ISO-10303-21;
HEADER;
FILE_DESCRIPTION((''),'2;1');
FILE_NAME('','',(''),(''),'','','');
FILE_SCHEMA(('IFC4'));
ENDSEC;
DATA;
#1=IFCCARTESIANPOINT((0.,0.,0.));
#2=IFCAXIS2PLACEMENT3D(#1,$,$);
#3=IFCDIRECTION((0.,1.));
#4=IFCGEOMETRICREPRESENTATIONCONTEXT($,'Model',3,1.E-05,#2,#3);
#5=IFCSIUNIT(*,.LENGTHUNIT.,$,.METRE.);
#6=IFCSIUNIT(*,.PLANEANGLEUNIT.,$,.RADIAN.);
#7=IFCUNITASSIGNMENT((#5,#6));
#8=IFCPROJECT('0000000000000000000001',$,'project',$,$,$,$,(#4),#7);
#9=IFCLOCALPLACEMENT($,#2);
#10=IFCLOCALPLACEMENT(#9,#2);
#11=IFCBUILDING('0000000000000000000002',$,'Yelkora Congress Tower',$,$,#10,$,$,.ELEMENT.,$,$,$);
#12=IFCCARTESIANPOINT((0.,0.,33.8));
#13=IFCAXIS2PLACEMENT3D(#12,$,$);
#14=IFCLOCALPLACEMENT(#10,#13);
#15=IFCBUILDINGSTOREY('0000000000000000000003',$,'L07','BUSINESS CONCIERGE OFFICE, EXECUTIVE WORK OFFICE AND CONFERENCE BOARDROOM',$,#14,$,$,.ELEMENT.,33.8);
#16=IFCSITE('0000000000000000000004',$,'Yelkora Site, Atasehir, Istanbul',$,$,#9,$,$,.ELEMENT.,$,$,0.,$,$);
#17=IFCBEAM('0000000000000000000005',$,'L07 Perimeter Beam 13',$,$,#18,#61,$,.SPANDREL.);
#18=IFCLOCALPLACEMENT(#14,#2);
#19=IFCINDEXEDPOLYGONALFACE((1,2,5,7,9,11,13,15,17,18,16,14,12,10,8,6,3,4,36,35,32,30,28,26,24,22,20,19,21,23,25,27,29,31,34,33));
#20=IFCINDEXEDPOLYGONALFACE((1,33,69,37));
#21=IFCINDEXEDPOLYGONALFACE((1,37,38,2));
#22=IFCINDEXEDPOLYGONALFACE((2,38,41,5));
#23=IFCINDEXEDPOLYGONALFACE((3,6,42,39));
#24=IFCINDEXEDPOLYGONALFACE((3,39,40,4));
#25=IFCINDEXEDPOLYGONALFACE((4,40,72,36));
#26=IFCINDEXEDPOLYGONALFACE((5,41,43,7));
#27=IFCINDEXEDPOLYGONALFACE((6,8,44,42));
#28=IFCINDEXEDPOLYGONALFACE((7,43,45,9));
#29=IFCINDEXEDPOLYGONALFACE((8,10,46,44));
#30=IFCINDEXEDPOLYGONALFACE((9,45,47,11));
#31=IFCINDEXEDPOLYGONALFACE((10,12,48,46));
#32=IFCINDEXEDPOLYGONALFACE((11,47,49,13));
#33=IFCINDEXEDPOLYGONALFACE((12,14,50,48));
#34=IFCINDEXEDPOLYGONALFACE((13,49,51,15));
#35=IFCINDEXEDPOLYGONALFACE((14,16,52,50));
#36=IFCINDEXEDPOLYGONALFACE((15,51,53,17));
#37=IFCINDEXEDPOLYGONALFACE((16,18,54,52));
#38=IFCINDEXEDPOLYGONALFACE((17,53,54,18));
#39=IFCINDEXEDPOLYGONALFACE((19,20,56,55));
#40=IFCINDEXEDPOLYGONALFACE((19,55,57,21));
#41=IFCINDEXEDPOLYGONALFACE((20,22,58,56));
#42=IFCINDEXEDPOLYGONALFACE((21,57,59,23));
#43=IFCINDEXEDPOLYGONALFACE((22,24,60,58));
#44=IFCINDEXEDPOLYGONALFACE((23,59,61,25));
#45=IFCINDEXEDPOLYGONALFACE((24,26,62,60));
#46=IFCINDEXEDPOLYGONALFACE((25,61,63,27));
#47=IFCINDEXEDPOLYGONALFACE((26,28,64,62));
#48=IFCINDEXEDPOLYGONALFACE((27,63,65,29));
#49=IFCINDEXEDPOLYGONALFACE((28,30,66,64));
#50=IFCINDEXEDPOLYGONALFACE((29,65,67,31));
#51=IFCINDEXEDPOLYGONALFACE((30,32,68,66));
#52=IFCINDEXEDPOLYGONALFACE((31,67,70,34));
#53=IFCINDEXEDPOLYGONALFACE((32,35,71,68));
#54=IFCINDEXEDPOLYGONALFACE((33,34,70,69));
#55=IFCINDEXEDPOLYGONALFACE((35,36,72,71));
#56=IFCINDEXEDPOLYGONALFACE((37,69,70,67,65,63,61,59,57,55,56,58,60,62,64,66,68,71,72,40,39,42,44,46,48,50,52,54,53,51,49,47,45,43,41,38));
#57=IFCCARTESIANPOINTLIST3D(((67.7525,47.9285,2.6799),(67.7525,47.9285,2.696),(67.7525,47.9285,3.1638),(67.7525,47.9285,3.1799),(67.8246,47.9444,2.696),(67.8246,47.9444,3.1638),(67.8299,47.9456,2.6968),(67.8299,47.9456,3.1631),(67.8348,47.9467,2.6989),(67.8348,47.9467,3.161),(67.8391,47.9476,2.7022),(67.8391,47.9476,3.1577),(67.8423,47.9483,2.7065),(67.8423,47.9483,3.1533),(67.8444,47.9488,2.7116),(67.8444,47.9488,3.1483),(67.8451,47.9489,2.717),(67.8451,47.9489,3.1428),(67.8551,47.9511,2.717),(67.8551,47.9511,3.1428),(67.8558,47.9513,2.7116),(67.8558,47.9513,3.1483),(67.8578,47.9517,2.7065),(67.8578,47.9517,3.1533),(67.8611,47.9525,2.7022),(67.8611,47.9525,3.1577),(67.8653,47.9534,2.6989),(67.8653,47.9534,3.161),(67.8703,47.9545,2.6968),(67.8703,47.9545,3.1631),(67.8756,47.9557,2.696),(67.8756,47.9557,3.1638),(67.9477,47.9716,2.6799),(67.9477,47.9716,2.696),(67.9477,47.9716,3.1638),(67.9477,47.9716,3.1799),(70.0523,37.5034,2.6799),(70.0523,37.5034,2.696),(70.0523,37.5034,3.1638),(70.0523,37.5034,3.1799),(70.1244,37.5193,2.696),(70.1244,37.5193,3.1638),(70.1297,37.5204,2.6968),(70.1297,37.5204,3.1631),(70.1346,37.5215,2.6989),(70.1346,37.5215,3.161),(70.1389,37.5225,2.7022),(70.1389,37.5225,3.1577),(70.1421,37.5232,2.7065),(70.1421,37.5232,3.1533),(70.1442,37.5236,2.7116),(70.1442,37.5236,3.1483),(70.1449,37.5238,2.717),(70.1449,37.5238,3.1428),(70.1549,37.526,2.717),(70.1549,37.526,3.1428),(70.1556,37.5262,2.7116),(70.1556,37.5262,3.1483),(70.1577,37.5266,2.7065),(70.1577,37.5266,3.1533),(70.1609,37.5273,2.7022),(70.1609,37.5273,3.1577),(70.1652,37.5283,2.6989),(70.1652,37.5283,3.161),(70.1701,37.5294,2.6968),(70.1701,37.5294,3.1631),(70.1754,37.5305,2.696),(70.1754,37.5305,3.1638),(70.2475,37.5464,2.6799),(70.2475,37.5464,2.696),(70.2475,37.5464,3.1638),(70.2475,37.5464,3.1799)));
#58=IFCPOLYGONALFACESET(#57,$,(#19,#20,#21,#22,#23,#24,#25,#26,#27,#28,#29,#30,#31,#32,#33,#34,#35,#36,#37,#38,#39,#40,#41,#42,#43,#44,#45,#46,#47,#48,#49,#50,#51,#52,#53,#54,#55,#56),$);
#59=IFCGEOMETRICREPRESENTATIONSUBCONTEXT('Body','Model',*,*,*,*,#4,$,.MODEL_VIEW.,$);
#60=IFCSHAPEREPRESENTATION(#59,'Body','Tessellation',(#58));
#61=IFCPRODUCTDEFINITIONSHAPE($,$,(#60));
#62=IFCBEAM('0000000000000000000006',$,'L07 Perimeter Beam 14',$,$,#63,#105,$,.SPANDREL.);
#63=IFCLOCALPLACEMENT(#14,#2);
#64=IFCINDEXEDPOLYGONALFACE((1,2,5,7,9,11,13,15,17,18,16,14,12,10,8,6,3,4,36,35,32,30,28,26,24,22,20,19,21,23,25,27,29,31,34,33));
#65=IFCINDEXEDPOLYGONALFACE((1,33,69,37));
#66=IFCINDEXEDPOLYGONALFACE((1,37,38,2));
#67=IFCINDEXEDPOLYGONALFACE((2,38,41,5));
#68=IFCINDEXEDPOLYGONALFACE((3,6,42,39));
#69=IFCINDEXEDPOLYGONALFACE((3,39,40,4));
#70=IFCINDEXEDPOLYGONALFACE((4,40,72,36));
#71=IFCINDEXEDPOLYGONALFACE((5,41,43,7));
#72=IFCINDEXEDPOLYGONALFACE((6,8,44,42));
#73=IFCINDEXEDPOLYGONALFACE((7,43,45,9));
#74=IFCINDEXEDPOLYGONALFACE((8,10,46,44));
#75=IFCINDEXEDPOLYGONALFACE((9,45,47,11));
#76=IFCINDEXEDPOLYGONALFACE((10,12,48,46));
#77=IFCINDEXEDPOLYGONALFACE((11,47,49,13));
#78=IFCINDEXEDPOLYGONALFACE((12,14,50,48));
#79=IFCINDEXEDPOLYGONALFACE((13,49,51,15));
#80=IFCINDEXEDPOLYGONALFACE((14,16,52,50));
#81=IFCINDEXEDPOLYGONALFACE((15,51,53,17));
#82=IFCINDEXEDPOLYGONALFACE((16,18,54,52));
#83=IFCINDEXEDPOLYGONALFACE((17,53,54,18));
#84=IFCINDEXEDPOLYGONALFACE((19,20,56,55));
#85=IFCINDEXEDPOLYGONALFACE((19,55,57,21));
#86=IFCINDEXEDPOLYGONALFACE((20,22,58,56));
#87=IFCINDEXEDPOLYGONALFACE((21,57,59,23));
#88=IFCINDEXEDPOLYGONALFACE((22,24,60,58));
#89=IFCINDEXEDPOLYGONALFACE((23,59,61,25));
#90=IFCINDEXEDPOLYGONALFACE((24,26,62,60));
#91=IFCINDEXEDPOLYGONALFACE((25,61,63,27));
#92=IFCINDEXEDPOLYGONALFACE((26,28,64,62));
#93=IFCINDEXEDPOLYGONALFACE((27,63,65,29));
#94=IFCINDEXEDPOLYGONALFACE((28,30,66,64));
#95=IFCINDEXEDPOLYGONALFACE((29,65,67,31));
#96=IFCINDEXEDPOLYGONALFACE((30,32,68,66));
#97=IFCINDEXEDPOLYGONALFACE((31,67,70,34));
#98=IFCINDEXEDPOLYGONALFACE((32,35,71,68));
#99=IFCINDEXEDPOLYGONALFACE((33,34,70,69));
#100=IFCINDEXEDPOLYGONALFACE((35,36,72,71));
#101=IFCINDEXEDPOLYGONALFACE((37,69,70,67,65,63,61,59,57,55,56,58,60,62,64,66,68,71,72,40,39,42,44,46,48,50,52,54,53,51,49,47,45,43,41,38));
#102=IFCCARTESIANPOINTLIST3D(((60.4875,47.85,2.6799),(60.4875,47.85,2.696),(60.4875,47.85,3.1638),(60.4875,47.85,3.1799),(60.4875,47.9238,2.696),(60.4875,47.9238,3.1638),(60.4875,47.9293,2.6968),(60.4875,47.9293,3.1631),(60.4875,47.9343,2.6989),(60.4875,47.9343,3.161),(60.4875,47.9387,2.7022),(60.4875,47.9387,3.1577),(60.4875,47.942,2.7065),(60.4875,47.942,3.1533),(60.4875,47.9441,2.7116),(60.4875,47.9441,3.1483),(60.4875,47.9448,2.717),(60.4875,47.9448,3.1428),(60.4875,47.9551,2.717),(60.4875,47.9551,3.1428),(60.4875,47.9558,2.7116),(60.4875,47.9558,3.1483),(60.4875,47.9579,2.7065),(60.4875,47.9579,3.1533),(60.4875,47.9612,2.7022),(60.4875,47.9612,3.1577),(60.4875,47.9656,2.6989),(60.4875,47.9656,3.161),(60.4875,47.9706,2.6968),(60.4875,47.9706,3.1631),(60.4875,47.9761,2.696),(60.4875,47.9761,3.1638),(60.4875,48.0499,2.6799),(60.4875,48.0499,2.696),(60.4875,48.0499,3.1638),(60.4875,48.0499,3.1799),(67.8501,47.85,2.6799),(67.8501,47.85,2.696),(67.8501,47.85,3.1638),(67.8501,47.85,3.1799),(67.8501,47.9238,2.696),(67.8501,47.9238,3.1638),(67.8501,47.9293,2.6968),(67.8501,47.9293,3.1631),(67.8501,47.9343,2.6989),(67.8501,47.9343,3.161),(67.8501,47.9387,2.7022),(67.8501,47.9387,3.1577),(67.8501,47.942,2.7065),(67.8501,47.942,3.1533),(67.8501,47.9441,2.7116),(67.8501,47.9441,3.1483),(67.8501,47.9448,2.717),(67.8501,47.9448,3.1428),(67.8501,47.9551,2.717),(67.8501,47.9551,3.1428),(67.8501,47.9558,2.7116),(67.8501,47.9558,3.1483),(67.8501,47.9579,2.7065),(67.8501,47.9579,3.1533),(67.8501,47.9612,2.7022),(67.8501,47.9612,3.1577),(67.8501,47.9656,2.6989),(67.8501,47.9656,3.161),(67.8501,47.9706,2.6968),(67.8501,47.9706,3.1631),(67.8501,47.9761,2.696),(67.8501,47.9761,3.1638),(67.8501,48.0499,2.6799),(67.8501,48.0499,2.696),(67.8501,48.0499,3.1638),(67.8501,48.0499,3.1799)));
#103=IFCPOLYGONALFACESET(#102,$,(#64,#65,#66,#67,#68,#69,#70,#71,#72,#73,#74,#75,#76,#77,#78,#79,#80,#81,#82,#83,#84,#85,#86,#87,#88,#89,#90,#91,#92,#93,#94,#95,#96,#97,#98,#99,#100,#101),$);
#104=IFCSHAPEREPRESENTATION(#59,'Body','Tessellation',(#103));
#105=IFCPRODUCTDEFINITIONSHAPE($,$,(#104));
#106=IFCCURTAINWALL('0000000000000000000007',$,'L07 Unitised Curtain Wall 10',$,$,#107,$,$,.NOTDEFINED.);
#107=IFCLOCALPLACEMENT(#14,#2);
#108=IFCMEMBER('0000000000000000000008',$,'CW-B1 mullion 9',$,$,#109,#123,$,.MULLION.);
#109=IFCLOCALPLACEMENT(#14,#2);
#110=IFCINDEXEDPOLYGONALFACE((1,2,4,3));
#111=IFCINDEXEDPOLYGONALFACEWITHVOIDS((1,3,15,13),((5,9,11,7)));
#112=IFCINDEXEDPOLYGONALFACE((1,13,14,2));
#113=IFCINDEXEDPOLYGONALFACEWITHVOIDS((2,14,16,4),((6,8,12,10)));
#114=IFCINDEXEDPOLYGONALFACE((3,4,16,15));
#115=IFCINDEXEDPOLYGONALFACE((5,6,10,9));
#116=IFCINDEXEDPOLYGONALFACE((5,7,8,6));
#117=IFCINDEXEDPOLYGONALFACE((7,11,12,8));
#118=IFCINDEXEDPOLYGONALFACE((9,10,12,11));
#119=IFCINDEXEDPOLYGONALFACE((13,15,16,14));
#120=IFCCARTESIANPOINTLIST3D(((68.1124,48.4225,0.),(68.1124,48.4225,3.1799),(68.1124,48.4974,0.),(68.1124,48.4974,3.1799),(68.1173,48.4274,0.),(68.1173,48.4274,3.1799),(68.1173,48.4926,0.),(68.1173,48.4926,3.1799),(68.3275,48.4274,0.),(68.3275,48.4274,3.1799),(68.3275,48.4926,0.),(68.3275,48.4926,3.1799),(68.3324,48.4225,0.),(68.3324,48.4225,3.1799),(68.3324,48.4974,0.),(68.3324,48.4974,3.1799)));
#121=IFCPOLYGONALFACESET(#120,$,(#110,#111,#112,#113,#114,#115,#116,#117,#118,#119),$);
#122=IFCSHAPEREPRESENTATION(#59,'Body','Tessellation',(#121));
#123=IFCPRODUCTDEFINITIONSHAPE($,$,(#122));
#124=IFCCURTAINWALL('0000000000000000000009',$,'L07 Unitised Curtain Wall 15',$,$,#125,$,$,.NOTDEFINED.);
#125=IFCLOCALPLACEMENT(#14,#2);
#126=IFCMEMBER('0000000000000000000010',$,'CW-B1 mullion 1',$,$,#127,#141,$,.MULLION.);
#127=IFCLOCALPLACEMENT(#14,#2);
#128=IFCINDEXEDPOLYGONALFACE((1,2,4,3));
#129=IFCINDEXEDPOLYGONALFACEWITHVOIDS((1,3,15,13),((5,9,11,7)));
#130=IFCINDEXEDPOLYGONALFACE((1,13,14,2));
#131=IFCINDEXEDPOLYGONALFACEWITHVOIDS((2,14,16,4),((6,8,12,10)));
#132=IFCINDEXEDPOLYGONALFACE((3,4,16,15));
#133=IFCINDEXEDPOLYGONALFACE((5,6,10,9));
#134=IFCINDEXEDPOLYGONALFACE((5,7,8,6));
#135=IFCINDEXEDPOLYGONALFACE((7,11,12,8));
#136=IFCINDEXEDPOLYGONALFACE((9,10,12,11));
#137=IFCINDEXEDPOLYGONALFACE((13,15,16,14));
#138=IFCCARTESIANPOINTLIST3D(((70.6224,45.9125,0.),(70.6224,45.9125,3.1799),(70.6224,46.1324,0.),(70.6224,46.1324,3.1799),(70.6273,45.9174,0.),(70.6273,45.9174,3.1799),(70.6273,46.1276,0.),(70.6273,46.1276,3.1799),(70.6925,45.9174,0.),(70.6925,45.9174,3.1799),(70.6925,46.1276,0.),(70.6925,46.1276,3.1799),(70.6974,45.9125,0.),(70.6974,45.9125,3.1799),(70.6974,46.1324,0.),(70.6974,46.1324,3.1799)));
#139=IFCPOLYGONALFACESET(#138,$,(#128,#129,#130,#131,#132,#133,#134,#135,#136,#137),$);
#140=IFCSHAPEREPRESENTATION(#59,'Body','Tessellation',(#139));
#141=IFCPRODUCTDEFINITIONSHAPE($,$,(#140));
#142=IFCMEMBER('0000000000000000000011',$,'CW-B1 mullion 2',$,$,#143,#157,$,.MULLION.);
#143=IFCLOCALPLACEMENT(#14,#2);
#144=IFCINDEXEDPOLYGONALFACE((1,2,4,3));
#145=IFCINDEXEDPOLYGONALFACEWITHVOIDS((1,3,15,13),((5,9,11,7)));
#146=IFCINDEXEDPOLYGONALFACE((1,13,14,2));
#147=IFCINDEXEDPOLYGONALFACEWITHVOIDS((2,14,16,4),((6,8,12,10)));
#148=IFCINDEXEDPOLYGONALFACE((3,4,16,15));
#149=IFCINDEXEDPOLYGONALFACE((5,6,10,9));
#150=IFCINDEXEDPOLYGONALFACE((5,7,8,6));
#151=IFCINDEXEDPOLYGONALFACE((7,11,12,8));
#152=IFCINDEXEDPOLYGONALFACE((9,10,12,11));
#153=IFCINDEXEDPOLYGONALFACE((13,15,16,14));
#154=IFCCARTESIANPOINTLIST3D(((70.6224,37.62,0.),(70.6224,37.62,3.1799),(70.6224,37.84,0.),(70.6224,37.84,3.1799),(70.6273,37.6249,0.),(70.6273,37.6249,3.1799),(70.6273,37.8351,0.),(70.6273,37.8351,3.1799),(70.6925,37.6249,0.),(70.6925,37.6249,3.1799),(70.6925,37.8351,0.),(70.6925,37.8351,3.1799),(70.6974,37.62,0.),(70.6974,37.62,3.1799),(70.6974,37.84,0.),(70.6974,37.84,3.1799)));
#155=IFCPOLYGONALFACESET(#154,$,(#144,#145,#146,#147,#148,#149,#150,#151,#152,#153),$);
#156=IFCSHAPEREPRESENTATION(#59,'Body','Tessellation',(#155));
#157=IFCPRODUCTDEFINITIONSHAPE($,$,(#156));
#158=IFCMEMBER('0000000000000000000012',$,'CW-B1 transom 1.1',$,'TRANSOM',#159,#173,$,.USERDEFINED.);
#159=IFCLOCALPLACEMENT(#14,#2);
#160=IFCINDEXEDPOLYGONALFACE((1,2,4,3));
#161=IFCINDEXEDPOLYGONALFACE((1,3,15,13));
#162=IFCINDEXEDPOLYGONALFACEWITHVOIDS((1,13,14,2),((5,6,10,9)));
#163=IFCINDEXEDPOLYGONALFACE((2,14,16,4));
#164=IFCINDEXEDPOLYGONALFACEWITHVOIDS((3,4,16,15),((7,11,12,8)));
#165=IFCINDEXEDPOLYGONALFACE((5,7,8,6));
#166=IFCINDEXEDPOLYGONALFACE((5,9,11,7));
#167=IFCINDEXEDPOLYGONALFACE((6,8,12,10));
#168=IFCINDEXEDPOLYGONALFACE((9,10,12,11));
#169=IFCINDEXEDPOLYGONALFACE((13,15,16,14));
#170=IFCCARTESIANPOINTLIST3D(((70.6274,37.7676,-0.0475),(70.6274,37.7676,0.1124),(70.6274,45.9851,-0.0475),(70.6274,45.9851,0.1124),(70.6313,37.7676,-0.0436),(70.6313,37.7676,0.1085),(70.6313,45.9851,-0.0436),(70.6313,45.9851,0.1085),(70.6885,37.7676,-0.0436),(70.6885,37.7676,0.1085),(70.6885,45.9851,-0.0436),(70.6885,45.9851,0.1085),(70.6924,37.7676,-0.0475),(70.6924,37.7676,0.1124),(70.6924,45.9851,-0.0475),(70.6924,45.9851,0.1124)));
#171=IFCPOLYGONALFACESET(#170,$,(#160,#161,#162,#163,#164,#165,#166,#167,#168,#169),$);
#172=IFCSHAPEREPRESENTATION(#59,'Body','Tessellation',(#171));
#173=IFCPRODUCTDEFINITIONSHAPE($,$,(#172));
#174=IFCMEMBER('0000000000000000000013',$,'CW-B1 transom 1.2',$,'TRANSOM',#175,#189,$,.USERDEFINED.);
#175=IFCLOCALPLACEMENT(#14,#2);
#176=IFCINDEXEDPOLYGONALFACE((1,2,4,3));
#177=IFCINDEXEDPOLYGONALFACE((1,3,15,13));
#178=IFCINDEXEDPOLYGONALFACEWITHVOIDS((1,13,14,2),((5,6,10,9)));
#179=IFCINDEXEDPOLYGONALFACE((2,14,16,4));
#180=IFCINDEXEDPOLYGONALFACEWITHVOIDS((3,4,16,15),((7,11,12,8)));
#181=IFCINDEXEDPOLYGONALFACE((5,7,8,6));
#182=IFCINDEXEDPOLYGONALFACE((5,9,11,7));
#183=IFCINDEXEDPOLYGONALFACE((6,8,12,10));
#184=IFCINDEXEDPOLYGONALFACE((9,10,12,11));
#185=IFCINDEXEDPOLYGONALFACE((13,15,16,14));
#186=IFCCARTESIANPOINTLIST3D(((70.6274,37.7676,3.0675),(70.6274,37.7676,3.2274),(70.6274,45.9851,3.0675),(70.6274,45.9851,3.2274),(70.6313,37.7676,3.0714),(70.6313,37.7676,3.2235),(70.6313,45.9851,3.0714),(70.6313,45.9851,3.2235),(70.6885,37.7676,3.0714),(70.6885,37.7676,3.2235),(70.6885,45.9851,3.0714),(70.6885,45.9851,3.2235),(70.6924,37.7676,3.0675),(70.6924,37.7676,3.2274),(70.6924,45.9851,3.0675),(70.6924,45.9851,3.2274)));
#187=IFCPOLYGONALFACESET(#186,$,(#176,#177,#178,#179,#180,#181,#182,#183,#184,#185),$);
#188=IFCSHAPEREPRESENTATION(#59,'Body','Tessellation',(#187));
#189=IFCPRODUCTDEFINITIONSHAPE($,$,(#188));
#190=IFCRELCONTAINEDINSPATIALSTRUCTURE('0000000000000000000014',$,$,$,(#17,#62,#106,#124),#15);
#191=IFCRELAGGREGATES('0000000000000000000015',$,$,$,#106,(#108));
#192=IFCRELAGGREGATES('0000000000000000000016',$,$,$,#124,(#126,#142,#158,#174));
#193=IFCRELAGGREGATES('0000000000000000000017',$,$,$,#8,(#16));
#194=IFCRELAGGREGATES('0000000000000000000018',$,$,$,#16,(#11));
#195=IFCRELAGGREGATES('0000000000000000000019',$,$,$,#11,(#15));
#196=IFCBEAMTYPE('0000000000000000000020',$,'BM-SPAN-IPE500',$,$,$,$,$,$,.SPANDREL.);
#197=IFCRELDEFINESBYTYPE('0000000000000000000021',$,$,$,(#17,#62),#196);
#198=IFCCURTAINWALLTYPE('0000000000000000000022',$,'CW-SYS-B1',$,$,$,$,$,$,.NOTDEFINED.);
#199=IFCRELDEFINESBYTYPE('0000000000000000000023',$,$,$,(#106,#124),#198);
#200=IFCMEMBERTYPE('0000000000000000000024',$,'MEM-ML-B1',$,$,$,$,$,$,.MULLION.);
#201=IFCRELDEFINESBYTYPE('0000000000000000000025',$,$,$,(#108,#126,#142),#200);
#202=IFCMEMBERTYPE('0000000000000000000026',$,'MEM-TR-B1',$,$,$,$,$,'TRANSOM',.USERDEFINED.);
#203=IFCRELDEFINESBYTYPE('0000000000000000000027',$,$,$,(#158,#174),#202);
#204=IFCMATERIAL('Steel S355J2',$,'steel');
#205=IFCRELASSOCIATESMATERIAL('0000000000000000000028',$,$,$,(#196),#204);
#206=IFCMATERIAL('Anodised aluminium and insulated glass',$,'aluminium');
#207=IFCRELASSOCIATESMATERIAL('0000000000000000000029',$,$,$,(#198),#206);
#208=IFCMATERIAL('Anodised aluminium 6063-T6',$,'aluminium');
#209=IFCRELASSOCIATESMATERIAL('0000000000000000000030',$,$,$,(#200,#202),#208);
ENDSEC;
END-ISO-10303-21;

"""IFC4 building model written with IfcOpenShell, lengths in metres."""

from ifc_helpers import new_model, si_unit, direction, frame, origin, origin_2d, place, context, subcontext, project, spatial, hollow_rectangle, i_section, extrude, material, material_profile, profile_set, type_object, element, aggregate, save


model = new_model("IFC4")

# Units and contexts
model_context = context("Model", 3, precision=1e-05, world=origin(), true_north=direction((0.0, 1.0)))
body_context = subcontext(model_context, "Body", "Model", "MODEL_VIEW")
ifc_project = project(units=[si_unit("LENGTHUNIT", "METRE"), si_unit("PLANEANGLEUNIT", "RADIAN")], contexts=[model_context])

# Site, building, storey
site_placement = place(None, origin())
site = spatial("IfcSite", under=ifc_project, at=site_placement, Name="Yelkora Site, Atasehir, Istanbul", CompositionType="ELEMENT", RefElevation=0.0)
building_placement = place(site_placement, origin())
building = spatial("IfcBuilding", under=site, at=building_placement, Name="Yelkora Congress Tower", CompositionType="ELEMENT")
storey_placement = place(building_placement, frame((0.0, 0.0, 33.8)))
storey = spatial("IfcBuildingStorey", under=building, at=storey_placement, Name="L07", Description="BUSINESS CONCIERGE OFFICE, EXECUTIVE WORK OFFICE AND CONFERENCE BOARDROOM", CompositionType="ELEMENT", Elevation=33.8)

# Beams
ifc_material_1 = material(Name="Steel S355J2", Category="steel")
ifc_material_profile_1 = material_profile(ifc_material_1, i_section(OverallWidth=0.2, OverallDepth=0.5, WebThickness=0.0103, FlangeThickness=0.0161, FilletRadius=0.021, at=origin_2d()), Name="IPE 500")
ifc_profile_set_1 = profile_set([ifc_material_profile_1], Name="Steel S355J2")
beam_type_1 = type_object("IfcBeamType", Name="BM-SPAN-IPE500", PredefinedType="SPANDREL", material=ifc_profile_set_1)
beam_1_placement = place(storey_placement, frame((70.1499, 37.5249, 2.9299), z_axis=(-0.215424, 0.976521, 0.0), x_axis=(-0.976521, -0.215424, 0.0)))
element("IfcBeam", 1, at=beam_1_placement, inside=storey, type_object=beam_type_1, Name="L07 Perimeter Beam 13", PredefinedType="SPANDREL", context=body_context, shape_type="SweptSolid", body=[
    extrude(i_section(OverallWidth=0.2, OverallDepth=0.5, WebThickness=0.0103, FlangeThickness=0.0161, FilletRadius=0.021, at=origin_2d()), origin(), (0.0, 0.0, 1.0), 10.6758),
])
beam_2_placement = place(storey_placement, frame((67.8501, 47.95, 2.9299), z_axis=(-1.0, 0.0, 0.0), x_axis=(0.0, -1.0, 0.0)))
element("IfcBeam", 2, at=beam_2_placement, inside=storey, type_object=beam_type_1, Name="L07 Perimeter Beam 14", PredefinedType="SPANDREL", context=body_context, shape_type="SweptSolid", body=[
    extrude(i_section(OverallWidth=0.2, OverallDepth=0.5, WebThickness=0.0103, FlangeThickness=0.0161, FilletRadius=0.021, at=origin_2d()), origin(), (0.0, 0.0, 1.0), 7.3625),
])

# Curtain wall, member
ifc_material_2 = material(Name="Anodised aluminium and insulated glass", Category="aluminium")
curtain_wall_type = type_object("IfcCurtainWallType", Name="CW-SYS-B1", PredefinedType="NOTDEFINED", material=ifc_material_2)
curtain_wall_1_placement = place(storey_placement, origin())
curtain_wall_1 = element("IfcCurtainWall", 3, at=curtain_wall_1_placement, inside=storey, type_object=curtain_wall_type, Name="L07 Unitised Curtain Wall 10", PredefinedType="NOTDEFINED")
ifc_material_3 = material(Name="Anodised aluminium 6063-T6", Category="aluminium")
ifc_material_profile_2 = material_profile(ifc_material_3, hollow_rectangle(XDim=0.075, YDim=0.22, WallThickness=0.0049, at=origin_2d()), Name="ALU 75x220x5")
ifc_profile_set_2 = profile_set([ifc_material_profile_2], Name="Anodised aluminium 6063-T6")
member_type_1 = type_object("IfcMemberType", Name="MEM-ML-B1", PredefinedType="MULLION", material=ifc_profile_set_2)
member_1_placement = place(storey_placement, frame((68.2224, 48.46, 0.0), z_axis=(0.0, 0.0, 1.0), x_axis=(0.0, 1.0, 0.0)))
member_1 = element("IfcMember", 4, at=member_1_placement, type_object=member_type_1, Name="CW-B1 mullion 9", PredefinedType="MULLION", context=body_context, shape_type="SweptSolid", body=[
    extrude(hollow_rectangle(XDim=0.075, YDim=0.22, WallThickness=0.0049, at=origin_2d()), origin(), (0.0, 0.0, 1.0), 3.1799),
])
aggregate(curtain_wall_1, [member_1])

# Curtain wall, members
curtain_wall_2_placement = place(storey_placement, origin())
curtain_wall_2 = element("IfcCurtainWall", 5, at=curtain_wall_2_placement, inside=storey, type_object=curtain_wall_type, Name="L07 Unitised Curtain Wall 15", PredefinedType="NOTDEFINED")
member_2_placement = place(storey_placement, frame((70.6599, 46.0225, 0.0), z_axis=(0.0, 0.0, 1.0), x_axis=(1.0, 0.0, 0.0)))
member_2 = element("IfcMember", 6, at=member_2_placement, type_object=member_type_1, Name="CW-B1 mullion 1", PredefinedType="MULLION", context=body_context, shape_type="SweptSolid", body=[
    extrude(hollow_rectangle(XDim=0.075, YDim=0.22, WallThickness=0.0049, at=origin_2d()), origin(), (0.0, 0.0, 1.0), 3.1799),
])
member_3_placement = place(storey_placement, frame((70.6599, 37.73, 0.0), z_axis=(0.0, 0.0, 1.0), x_axis=(1.0, 0.0, 0.0)))
member_3 = element("IfcMember", 7, at=member_3_placement, type_object=member_type_1, Name="CW-B1 mullion 2", PredefinedType="MULLION", context=body_context, shape_type="SweptSolid", body=[
    extrude(hollow_rectangle(XDim=0.075, YDim=0.22, WallThickness=0.0049, at=origin_2d()), origin(), (0.0, 0.0, 1.0), 3.1799),
])
ifc_material_profile_3 = material_profile(ifc_material_3, hollow_rectangle(XDim=0.0649, YDim=0.1599, WallThickness=0.0039, at=origin_2d()), Name="ALU 65x160x4")
ifc_profile_set_3 = profile_set([ifc_material_profile_3], Name="Anodised aluminium 6063-T6")
member_type_2 = type_object("IfcMemberType", Name="MEM-TR-B1", ElementType="TRANSOM", PredefinedType="USERDEFINED", material=ifc_profile_set_3)
member_4_placement = place(storey_placement, frame((70.6599, 45.9851, 0.0325), z_axis=(0.0, -1.0, 0.0), x_axis=(1.0, 0.0, 0.0)))
member_4 = element("IfcMember", 8, at=member_4_placement, type_object=member_type_2, Name="CW-B1 transom 1.1", ObjectType="TRANSOM", PredefinedType="USERDEFINED", context=body_context, shape_type="SweptSolid", body=[
    extrude(hollow_rectangle(XDim=0.0649, YDim=0.1599, WallThickness=0.0039, at=origin_2d()), origin(), (0.0, 0.0, 1.0), 8.2175),
])
member_5_placement = place(storey_placement, frame((70.6599, 45.9851, 3.1475), z_axis=(0.0, -1.0, 0.0), x_axis=(1.0, 0.0, 0.0)))
member_5 = element("IfcMember", 9, at=member_5_placement, type_object=member_type_2, Name="CW-B1 transom 1.2", ObjectType="TRANSOM", PredefinedType="USERDEFINED", context=body_context, shape_type="SweptSolid", body=[
    extrude(hollow_rectangle(XDim=0.0649, YDim=0.1599, WallThickness=0.0039, at=origin_2d()), origin(), (0.0, 0.0, 1.0), 8.2175),
])
aggregate(curtain_wall_2, [member_2, member_3, member_4, member_5])

save(model, "model.ifc")
